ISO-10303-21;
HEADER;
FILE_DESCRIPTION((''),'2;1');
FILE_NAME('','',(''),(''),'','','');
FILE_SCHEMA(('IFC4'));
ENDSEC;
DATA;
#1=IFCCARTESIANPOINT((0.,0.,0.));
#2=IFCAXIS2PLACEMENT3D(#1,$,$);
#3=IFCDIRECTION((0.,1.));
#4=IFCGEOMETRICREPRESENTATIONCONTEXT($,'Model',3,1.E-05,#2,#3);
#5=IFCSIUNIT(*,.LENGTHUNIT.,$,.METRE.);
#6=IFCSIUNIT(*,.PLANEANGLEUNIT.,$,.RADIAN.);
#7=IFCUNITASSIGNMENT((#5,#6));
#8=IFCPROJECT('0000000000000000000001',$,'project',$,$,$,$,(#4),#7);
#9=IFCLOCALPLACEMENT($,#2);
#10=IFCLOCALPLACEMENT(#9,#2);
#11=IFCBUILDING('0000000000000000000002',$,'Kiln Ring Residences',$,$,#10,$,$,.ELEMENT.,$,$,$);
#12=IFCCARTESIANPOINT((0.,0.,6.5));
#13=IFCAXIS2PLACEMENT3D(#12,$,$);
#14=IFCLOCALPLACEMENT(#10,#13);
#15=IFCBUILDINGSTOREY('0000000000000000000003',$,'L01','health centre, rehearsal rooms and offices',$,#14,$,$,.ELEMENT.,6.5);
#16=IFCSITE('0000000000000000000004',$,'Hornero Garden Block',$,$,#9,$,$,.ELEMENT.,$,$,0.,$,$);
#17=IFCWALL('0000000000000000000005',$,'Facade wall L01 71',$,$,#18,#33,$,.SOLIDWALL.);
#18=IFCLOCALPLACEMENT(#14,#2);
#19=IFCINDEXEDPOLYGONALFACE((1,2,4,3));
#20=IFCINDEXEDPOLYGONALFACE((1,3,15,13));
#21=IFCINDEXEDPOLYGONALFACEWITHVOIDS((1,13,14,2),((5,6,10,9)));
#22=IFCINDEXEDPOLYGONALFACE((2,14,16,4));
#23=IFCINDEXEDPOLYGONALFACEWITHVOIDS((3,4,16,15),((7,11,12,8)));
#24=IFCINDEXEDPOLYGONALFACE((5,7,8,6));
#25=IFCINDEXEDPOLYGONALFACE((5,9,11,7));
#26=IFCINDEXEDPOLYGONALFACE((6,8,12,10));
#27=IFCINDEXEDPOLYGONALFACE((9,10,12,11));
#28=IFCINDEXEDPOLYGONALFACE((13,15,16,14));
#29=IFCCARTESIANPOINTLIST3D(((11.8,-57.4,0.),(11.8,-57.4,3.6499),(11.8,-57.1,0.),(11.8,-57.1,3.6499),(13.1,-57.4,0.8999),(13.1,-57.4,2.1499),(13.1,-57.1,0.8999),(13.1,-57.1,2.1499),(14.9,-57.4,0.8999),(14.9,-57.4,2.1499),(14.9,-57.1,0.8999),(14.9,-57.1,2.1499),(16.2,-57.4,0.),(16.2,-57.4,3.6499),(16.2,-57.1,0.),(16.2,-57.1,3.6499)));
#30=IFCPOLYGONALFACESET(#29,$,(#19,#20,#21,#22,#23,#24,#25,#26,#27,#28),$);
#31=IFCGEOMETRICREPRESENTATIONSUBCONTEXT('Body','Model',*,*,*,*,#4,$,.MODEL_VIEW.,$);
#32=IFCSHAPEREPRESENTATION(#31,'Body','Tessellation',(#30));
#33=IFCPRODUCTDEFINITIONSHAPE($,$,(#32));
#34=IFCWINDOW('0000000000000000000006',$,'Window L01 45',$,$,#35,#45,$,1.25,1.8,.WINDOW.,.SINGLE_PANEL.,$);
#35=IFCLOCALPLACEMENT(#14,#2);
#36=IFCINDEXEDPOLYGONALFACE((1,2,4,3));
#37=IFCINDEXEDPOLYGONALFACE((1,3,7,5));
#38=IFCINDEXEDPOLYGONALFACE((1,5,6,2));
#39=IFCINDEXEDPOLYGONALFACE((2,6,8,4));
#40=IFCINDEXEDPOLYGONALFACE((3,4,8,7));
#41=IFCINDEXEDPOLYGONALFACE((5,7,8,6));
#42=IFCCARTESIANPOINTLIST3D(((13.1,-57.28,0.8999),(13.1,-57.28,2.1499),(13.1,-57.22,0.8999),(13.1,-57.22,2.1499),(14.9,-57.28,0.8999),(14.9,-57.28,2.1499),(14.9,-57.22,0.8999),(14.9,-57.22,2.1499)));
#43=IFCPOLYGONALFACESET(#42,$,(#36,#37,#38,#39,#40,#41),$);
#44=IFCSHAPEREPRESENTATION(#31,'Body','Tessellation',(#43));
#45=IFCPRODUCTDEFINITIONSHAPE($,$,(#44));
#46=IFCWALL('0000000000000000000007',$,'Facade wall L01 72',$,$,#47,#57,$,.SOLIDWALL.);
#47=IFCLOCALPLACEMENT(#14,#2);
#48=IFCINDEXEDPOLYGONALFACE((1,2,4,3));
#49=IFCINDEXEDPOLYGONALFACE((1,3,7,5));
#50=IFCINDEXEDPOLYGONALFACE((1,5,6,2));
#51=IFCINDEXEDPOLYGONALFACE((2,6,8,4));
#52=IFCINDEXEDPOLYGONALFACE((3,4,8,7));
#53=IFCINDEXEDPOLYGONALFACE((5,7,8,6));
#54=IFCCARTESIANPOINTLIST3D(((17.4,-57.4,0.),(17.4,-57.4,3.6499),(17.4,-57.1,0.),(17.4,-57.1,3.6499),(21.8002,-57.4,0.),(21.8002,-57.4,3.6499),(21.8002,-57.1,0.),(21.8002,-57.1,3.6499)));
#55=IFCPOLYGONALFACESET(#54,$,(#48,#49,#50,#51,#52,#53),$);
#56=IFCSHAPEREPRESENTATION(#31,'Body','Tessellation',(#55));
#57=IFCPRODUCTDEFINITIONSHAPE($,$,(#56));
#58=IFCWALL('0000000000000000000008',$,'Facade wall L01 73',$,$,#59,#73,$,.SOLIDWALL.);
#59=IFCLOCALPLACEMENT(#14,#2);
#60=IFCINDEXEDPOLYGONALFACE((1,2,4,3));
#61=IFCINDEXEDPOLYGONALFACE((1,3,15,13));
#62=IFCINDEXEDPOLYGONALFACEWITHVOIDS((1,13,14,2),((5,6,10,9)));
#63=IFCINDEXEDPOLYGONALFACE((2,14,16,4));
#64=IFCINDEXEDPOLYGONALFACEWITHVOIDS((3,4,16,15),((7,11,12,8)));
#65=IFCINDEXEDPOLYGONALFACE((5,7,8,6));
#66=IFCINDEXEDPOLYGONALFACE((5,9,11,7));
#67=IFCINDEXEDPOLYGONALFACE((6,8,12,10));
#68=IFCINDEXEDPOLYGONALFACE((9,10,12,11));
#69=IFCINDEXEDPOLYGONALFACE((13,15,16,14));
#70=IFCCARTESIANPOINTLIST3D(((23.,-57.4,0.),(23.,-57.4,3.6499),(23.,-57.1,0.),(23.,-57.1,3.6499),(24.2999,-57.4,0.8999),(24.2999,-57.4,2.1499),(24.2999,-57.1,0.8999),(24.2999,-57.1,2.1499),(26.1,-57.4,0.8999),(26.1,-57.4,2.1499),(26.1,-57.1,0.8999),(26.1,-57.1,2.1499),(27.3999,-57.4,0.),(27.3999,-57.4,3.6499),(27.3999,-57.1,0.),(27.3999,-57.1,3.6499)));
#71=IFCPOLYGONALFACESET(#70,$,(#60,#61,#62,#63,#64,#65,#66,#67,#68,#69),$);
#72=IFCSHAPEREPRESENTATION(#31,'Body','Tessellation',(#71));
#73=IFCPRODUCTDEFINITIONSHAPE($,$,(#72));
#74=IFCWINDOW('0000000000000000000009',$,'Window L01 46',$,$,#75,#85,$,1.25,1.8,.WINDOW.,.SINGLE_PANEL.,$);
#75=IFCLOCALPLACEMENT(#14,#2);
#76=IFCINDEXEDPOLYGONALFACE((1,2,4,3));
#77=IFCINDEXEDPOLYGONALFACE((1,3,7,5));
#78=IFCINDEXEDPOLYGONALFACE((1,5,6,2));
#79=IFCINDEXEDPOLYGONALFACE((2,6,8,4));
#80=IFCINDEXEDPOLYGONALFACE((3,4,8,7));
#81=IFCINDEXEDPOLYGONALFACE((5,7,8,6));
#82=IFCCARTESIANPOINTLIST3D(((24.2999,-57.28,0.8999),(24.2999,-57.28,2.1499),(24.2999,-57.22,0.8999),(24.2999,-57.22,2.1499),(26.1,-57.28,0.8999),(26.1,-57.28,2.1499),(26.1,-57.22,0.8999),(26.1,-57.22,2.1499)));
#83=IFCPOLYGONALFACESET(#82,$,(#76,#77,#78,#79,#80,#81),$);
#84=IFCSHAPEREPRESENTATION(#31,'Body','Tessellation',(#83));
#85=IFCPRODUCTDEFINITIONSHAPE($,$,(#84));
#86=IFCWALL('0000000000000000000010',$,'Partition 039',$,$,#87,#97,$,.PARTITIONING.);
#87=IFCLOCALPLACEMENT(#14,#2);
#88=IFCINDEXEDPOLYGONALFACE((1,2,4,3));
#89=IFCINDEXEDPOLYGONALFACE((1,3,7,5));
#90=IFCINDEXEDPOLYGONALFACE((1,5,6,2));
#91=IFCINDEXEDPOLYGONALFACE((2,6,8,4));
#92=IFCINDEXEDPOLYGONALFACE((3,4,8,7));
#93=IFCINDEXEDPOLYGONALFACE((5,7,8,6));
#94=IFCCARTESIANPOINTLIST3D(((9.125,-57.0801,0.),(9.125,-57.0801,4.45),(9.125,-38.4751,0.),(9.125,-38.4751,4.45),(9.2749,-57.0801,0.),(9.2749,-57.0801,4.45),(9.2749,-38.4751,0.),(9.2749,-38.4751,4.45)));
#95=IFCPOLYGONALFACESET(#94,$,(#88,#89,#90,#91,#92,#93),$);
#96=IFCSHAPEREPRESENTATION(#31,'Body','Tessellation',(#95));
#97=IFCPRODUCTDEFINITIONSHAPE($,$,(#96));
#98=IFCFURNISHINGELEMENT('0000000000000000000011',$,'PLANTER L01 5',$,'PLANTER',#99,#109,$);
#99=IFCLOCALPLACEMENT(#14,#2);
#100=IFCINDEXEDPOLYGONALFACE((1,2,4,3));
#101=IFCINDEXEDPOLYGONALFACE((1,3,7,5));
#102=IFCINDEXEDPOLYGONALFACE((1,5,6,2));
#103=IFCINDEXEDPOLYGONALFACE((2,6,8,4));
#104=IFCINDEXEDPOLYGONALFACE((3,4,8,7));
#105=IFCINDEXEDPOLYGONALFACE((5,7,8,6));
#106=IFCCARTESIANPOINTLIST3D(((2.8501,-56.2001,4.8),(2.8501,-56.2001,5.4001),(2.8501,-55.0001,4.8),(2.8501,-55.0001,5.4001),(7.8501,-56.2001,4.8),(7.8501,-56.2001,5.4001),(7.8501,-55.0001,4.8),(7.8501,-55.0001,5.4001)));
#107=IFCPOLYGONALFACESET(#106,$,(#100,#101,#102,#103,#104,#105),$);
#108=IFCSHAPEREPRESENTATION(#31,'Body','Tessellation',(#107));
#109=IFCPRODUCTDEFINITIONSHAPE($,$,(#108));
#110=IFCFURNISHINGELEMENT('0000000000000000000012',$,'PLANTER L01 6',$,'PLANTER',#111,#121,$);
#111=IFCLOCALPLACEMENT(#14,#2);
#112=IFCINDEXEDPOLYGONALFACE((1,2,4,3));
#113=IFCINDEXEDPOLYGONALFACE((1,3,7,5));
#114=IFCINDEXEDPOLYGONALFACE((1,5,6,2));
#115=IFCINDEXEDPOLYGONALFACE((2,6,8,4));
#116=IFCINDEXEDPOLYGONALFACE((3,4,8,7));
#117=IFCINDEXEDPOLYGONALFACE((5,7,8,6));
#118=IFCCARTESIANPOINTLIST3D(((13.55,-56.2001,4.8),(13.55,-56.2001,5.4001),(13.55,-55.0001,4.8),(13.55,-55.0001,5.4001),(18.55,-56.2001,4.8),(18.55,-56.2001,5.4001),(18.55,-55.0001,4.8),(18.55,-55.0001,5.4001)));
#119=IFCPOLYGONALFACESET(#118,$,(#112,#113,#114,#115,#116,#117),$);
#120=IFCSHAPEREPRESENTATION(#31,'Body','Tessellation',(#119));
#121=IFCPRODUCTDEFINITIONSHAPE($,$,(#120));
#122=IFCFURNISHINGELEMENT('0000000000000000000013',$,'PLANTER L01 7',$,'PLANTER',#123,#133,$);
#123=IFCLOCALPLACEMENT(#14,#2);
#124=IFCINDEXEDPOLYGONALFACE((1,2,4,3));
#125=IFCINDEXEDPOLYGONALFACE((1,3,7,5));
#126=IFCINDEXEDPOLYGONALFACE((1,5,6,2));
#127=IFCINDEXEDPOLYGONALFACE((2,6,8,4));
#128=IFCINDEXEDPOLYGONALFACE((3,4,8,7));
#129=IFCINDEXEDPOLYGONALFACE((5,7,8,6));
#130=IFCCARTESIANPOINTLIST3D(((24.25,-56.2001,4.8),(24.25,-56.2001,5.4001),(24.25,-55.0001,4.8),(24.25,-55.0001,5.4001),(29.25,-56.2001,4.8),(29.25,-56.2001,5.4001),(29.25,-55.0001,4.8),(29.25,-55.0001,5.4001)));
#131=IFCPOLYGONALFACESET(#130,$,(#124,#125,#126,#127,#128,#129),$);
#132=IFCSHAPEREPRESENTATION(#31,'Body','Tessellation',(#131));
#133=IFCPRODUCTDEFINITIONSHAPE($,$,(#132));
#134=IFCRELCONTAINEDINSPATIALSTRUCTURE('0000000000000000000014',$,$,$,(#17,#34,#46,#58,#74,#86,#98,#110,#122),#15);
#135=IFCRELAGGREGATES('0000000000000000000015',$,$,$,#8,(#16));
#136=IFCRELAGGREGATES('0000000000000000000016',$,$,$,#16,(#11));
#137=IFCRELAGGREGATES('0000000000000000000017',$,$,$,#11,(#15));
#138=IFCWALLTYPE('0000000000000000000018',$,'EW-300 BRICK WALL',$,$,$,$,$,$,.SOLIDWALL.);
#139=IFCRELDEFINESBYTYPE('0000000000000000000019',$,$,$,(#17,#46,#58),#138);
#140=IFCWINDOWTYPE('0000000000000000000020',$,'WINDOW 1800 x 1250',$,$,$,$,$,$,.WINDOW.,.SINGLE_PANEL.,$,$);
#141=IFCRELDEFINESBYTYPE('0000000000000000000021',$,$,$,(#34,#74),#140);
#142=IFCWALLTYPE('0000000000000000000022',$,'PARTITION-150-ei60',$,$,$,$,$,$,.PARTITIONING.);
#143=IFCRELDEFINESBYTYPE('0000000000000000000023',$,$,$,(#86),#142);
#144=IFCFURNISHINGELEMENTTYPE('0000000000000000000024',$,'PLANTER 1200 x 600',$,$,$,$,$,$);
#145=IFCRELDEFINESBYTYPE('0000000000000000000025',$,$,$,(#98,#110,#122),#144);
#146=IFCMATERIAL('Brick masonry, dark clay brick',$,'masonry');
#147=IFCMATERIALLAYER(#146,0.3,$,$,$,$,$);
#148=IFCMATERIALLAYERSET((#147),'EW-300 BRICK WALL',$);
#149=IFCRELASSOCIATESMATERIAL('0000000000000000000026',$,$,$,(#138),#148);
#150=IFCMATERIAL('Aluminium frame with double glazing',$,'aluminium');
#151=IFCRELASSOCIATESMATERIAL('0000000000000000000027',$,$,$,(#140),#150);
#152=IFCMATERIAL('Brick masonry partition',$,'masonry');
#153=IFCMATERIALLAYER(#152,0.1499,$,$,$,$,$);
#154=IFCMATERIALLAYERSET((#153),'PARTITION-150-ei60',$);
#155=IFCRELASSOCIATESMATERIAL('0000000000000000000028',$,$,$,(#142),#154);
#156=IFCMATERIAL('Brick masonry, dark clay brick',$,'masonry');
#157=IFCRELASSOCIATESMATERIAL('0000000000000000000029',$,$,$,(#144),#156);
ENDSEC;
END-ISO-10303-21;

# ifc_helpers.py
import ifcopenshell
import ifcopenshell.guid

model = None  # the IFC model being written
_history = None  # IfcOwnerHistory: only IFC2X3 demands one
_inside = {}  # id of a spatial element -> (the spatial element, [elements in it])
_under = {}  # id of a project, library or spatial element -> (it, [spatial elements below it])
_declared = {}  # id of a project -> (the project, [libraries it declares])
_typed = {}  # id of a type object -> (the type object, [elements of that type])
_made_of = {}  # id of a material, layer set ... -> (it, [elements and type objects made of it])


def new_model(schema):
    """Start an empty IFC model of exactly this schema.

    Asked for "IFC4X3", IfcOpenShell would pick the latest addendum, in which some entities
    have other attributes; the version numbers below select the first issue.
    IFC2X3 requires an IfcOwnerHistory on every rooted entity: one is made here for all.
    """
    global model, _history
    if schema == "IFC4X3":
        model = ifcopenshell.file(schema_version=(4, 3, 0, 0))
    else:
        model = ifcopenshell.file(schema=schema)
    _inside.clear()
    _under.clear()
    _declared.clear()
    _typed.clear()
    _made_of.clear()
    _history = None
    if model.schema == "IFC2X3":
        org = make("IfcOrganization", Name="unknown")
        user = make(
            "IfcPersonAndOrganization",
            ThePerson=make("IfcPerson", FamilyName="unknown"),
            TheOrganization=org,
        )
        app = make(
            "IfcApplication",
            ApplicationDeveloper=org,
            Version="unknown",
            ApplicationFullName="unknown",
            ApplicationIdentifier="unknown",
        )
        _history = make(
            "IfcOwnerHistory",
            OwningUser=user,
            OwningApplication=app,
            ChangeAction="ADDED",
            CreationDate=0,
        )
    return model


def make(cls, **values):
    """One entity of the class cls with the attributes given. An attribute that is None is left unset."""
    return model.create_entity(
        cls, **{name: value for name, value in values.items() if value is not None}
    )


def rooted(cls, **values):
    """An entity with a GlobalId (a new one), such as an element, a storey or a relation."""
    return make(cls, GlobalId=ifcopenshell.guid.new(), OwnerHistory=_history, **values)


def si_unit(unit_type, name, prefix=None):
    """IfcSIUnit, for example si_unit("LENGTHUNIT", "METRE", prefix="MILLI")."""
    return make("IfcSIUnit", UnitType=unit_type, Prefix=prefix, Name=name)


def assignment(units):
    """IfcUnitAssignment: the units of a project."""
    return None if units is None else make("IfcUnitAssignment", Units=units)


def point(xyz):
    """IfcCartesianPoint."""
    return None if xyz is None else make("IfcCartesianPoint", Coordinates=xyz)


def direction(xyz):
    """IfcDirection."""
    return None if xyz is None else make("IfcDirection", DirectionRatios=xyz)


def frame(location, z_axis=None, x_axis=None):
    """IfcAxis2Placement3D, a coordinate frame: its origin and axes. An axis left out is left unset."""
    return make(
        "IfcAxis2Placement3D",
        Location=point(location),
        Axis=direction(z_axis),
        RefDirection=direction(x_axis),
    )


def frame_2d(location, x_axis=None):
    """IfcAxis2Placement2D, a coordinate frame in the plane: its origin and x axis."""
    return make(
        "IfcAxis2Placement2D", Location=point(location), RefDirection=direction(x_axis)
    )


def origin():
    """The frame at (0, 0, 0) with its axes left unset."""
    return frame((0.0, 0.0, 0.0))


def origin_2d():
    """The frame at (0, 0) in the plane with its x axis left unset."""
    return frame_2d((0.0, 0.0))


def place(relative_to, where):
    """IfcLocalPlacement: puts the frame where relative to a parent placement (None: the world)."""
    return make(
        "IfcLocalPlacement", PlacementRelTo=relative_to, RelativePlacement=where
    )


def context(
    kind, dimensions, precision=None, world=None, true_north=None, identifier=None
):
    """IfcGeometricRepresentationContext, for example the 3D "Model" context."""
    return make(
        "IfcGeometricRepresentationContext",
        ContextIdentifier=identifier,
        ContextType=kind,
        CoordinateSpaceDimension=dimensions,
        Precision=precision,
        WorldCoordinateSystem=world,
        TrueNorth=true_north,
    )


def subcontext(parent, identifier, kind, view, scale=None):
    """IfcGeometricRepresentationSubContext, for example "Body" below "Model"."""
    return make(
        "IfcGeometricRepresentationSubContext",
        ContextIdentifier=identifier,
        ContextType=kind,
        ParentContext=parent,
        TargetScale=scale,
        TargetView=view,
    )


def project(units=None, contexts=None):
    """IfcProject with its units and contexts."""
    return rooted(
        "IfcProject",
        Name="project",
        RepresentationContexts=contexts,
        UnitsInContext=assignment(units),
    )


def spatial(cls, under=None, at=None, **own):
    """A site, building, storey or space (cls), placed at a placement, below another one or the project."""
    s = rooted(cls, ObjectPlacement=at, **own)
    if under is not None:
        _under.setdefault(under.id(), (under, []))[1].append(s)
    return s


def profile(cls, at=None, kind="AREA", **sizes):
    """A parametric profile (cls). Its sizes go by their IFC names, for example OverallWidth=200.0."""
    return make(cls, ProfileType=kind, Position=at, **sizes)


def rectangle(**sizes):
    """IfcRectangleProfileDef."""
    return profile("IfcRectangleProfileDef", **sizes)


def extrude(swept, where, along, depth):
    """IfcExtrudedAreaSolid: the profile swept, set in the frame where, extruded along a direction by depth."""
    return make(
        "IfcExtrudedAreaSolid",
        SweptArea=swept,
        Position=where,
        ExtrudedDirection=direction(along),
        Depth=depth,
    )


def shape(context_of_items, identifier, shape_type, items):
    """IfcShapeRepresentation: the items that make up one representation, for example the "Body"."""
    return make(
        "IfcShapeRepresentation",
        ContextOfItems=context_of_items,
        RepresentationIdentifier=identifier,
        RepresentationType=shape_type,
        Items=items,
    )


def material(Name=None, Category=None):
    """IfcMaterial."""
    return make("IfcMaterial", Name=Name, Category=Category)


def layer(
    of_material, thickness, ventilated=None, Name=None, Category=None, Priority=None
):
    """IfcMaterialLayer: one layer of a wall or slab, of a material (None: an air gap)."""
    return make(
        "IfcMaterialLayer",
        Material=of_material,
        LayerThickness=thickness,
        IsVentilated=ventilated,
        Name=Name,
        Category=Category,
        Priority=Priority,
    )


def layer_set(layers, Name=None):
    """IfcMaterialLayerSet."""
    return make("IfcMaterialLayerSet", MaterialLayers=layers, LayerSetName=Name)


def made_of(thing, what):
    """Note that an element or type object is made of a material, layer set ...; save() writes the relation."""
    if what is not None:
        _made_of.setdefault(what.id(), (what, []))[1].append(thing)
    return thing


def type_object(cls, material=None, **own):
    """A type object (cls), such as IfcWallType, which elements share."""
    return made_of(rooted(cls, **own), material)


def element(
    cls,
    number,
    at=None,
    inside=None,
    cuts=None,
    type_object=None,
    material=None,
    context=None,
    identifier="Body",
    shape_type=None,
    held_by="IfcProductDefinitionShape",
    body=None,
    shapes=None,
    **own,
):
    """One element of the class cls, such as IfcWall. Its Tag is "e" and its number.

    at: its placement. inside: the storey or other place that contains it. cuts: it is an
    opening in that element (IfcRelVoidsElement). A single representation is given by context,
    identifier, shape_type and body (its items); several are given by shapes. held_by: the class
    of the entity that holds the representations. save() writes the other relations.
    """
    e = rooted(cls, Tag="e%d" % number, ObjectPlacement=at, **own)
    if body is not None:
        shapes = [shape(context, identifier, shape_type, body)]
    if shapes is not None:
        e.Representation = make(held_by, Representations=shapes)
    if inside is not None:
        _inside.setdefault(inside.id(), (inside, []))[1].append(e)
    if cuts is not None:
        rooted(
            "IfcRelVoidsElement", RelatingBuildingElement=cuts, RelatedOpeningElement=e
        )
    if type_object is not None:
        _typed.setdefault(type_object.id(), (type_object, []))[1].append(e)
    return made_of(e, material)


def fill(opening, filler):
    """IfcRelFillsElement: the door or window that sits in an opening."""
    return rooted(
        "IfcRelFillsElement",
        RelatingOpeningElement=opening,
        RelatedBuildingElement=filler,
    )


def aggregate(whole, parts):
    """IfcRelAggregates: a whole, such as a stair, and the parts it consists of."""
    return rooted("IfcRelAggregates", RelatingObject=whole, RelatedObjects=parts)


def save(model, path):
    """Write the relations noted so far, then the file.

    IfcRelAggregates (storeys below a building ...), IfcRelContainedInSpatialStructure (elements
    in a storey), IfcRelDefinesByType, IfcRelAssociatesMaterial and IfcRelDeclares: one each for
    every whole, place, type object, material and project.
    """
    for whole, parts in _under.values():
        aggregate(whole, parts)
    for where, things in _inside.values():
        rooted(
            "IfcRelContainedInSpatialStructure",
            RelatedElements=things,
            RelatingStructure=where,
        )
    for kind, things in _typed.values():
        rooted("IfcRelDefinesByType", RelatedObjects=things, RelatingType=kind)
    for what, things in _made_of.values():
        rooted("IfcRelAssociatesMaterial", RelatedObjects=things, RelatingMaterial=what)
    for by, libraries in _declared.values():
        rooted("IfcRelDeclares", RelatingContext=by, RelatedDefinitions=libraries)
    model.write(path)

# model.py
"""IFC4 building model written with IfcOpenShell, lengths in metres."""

from ifc_helpers import new_model, si_unit, direction, frame, frame_2d, origin, origin_2d, place, context, subcontext, project, spatial, rectangle, extrude, material, layer, layer_set, type_object, element, fill, save


model = new_model("IFC4")

# Units and contexts
model_context = context("Model", 3, precision=1e-05, world=origin(), true_north=direction((0.0, 1.0)))
body_context = subcontext(model_context, "Body", "Model", "MODEL_VIEW")
ifc_project = project(units=[si_unit("LENGTHUNIT", "METRE"), si_unit("PLANEANGLEUNIT", "RADIAN")], contexts=[model_context])

# Site, building, storey
site_placement = place(None, origin())
site = spatial("IfcSite", under=ifc_project, at=site_placement, Name="Hornero Garden Block", CompositionType="ELEMENT", RefElevation=0.0)
building_placement = place(site_placement, origin())
building = spatial("IfcBuilding", under=site, at=building_placement, Name="Kiln Ring Residences", CompositionType="ELEMENT")
storey_placement = place(building_placement, frame((0.0, 0.0, 6.5)))
storey = spatial("IfcBuildingStorey", under=building, at=storey_placement, Name="L01", Description="health centre, rehearsal rooms and offices", CompositionType="ELEMENT", Elevation=6.5)

# Wall, opening, window
ifc_material_1 = material(Name="Brick masonry, dark clay brick", Category="masonry")
ifc_layer_1 = layer(ifc_material_1, 0.3)
ifc_layer_set_1 = layer_set([ifc_layer_1], Name="EW-300 BRICK WALL")
wall_type_1 = type_object("IfcWallType", Name="EW-300 BRICK WALL", PredefinedType="SOLIDWALL", material=ifc_layer_set_1)
wall_1_placement = place(storey_placement, frame((11.8, -57.25, 0.0), z_axis=(0.0, 0.0, 1.0), x_axis=(1.0, 0.0, 0.0)))
wall_1 = element("IfcWall", 1, at=wall_1_placement, inside=storey, type_object=wall_type_1, Name="Facade wall L01 71", PredefinedType="SOLIDWALL", context=body_context, shape_type="SweptSolid", body=[
    extrude(rectangle(XDim=4.3999, YDim=0.3, at=frame_2d((2.2, 0.0))), origin(), (0.0, 0.0, 1.0), 3.6499),
])
opening_1_placement = place(wall_1_placement, frame((1.3, 0.0, 0.8999)))
opening_1 = element("IfcOpeningElement", 2, at=opening_1_placement, cuts=wall_1, PredefinedType="OPENING", context=body_context, shape_type="SweptSolid", body=[
    extrude(rectangle(XDim=1.8, YDim=1.25, at=frame_2d((0.8999, 0.625))), frame((0.0, 0.1599, 0.0), z_axis=(0.0, -1.0, 0.0), x_axis=(1.0, 0.0, 0.0)), (0.0, 0.0, 1.0), 0.3201),
])
ifc_material_2 = material(Name="Aluminium frame with double glazing", Category="aluminium")
window_type = type_object("IfcWindowType", Name="WINDOW 1800 x 1250", PartitioningType="SINGLE_PANEL", PredefinedType="WINDOW", material=ifc_material_2)
window_1_placement = place(opening_1_placement, origin())
window_1 = element("IfcWindow", 3, at=window_1_placement, inside=storey, type_object=window_type, Name="Window L01 45", OverallHeight=1.25, OverallWidth=1.8, PartitioningType="SINGLE_PANEL", PredefinedType="WINDOW", context=body_context, shape_type="SweptSolid", body=[
    extrude(rectangle(XDim=1.8, YDim=1.25, at=frame_2d((0.8999, 0.625))), frame((0.0, 0.03, 0.0), z_axis=(0.0, -1.0, 0.0), x_axis=(1.0, 0.0, 0.0)), (0.0, 0.0, 1.0), 0.0601),
])
fill(opening_1, window_1)

# Wall
wall_2_placement = place(storey_placement, frame((17.3999, -57.25, 0.0), z_axis=(0.0, 0.0, 1.0), x_axis=(1.0, 0.0, 0.0)))
element("IfcWall", 4, at=wall_2_placement, inside=storey, type_object=wall_type_1, Name="Facade wall L01 72", PredefinedType="SOLIDWALL", context=body_context, shape_type="SweptSolid", body=[
    extrude(rectangle(XDim=4.4001, YDim=0.3, at=frame_2d((2.2002, 0.0))), origin(), (0.0, 0.0, 1.0), 3.6499),
])

# Wall, opening, window
wall_3_placement = place(storey_placement, frame((23.0, -57.25, 0.0), z_axis=(0.0, 0.0, 1.0), x_axis=(1.0, 0.0, 0.0)))
wall_3 = element("IfcWall", 5, at=wall_3_placement, inside=storey, type_object=wall_type_1, Name="Facade wall L01 73", PredefinedType="SOLIDWALL", context=body_context, shape_type="SweptSolid", body=[
    extrude(rectangle(XDim=4.3999, YDim=0.3, at=frame_2d((2.2, 0.0))), origin(), (0.0, 0.0, 1.0), 3.6499),
])
opening_2_placement = place(wall_3_placement, frame((1.3, 0.0, 0.8999)))
opening_2 = element("IfcOpeningElement", 6, at=opening_2_placement, cuts=wall_3, PredefinedType="OPENING", context=body_context, shape_type="SweptSolid", body=[
    extrude(rectangle(XDim=1.8, YDim=1.25, at=frame_2d((0.8999, 0.625))), frame((0.0, 0.1599, 0.0), z_axis=(0.0, -1.0, 0.0), x_axis=(1.0, 0.0, 0.0)), (0.0, 0.0, 1.0), 0.3201),
])
window_2_placement = place(opening_2_placement, origin())
window_2 = element("IfcWindow", 7, at=window_2_placement, inside=storey, type_object=window_type, Name="Window L01 46", OverallHeight=1.25, OverallWidth=1.8, PartitioningType="SINGLE_PANEL", PredefinedType="WINDOW", context=body_context, shape_type="SweptSolid", body=[
    extrude(rectangle(XDim=1.8, YDim=1.25, at=frame_2d((0.8999, 0.625))), frame((0.0, 0.03, 0.0), z_axis=(0.0, -1.0, 0.0), x_axis=(1.0, 0.0, 0.0)), (0.0, 0.0, 1.0), 0.0601),
])
fill(opening_2, window_2)

# Wall
ifc_material_3 = material(Name="Brick masonry partition", Category="masonry")
ifc_layer_2 = layer(ifc_material_3, 0.1499)
ifc_layer_set_2 = layer_set([ifc_layer_2], Name="PARTITION-150-ei60")
wall_type_2 = type_object("IfcWallType", Name="PARTITION-150-ei60", PredefinedType="PARTITIONING", material=ifc_layer_set_2)
wall_4_placement = place(storey_placement, frame((9.2, -57.0801, 0.0), z_axis=(0.0, 0.0, 1.0), x_axis=(0.0, 1.0, 0.0)))
element("IfcWall", 8, at=wall_4_placement, inside=storey, type_object=wall_type_2, Name="Partition 039", PredefinedType="PARTITIONING", context=body_context, shape_type="SweptSolid", body=[
    extrude(rectangle(XDim=18.605, YDim=0.1499, at=frame_2d((9.3025, 0.0))), origin(), (0.0, 0.0, 1.0), 4.45),
])

# Furnishing elements
ifc_material_4 = material(Name="Brick masonry, dark clay brick", Category="masonry")
furnishing_element_type = type_object("IfcFurnishingElementType", Name="PLANTER 1200 x 600", material=ifc_material_4)
for number, where, z_axis, x_axis, name in (
    (9, (5.3501, -55.6001, 4.8), (0.0, 0.0, 1.0), (1.0, 0.0, 0.0), "PLANTER L01 5"),
    (10, (16.05, -55.6001, 4.8), (0.0, 0.0, 1.0), (1.0, 0.0, 0.0), "PLANTER L01 6"),
    (11, (26.75, -55.6001, 4.8), (0.0, 0.0, 1.0), (1.0, 0.0, 0.0), "PLANTER L01 7"),
):
    element("IfcFurnishingElement", number, at=place(storey_placement, frame(where, z_axis=z_axis, x_axis=x_axis)), inside=storey, type_object=furnishing_element_type, Name=name, ObjectType="PLANTER", context=body_context, shape_type="SweptSolid", body=[
        extrude(rectangle(XDim=5.0, YDim=1.2, at=origin_2d()), origin(), (0.0, 0.0, 1.0), 0.6001),
    ])

save(model, "model.ifc")
